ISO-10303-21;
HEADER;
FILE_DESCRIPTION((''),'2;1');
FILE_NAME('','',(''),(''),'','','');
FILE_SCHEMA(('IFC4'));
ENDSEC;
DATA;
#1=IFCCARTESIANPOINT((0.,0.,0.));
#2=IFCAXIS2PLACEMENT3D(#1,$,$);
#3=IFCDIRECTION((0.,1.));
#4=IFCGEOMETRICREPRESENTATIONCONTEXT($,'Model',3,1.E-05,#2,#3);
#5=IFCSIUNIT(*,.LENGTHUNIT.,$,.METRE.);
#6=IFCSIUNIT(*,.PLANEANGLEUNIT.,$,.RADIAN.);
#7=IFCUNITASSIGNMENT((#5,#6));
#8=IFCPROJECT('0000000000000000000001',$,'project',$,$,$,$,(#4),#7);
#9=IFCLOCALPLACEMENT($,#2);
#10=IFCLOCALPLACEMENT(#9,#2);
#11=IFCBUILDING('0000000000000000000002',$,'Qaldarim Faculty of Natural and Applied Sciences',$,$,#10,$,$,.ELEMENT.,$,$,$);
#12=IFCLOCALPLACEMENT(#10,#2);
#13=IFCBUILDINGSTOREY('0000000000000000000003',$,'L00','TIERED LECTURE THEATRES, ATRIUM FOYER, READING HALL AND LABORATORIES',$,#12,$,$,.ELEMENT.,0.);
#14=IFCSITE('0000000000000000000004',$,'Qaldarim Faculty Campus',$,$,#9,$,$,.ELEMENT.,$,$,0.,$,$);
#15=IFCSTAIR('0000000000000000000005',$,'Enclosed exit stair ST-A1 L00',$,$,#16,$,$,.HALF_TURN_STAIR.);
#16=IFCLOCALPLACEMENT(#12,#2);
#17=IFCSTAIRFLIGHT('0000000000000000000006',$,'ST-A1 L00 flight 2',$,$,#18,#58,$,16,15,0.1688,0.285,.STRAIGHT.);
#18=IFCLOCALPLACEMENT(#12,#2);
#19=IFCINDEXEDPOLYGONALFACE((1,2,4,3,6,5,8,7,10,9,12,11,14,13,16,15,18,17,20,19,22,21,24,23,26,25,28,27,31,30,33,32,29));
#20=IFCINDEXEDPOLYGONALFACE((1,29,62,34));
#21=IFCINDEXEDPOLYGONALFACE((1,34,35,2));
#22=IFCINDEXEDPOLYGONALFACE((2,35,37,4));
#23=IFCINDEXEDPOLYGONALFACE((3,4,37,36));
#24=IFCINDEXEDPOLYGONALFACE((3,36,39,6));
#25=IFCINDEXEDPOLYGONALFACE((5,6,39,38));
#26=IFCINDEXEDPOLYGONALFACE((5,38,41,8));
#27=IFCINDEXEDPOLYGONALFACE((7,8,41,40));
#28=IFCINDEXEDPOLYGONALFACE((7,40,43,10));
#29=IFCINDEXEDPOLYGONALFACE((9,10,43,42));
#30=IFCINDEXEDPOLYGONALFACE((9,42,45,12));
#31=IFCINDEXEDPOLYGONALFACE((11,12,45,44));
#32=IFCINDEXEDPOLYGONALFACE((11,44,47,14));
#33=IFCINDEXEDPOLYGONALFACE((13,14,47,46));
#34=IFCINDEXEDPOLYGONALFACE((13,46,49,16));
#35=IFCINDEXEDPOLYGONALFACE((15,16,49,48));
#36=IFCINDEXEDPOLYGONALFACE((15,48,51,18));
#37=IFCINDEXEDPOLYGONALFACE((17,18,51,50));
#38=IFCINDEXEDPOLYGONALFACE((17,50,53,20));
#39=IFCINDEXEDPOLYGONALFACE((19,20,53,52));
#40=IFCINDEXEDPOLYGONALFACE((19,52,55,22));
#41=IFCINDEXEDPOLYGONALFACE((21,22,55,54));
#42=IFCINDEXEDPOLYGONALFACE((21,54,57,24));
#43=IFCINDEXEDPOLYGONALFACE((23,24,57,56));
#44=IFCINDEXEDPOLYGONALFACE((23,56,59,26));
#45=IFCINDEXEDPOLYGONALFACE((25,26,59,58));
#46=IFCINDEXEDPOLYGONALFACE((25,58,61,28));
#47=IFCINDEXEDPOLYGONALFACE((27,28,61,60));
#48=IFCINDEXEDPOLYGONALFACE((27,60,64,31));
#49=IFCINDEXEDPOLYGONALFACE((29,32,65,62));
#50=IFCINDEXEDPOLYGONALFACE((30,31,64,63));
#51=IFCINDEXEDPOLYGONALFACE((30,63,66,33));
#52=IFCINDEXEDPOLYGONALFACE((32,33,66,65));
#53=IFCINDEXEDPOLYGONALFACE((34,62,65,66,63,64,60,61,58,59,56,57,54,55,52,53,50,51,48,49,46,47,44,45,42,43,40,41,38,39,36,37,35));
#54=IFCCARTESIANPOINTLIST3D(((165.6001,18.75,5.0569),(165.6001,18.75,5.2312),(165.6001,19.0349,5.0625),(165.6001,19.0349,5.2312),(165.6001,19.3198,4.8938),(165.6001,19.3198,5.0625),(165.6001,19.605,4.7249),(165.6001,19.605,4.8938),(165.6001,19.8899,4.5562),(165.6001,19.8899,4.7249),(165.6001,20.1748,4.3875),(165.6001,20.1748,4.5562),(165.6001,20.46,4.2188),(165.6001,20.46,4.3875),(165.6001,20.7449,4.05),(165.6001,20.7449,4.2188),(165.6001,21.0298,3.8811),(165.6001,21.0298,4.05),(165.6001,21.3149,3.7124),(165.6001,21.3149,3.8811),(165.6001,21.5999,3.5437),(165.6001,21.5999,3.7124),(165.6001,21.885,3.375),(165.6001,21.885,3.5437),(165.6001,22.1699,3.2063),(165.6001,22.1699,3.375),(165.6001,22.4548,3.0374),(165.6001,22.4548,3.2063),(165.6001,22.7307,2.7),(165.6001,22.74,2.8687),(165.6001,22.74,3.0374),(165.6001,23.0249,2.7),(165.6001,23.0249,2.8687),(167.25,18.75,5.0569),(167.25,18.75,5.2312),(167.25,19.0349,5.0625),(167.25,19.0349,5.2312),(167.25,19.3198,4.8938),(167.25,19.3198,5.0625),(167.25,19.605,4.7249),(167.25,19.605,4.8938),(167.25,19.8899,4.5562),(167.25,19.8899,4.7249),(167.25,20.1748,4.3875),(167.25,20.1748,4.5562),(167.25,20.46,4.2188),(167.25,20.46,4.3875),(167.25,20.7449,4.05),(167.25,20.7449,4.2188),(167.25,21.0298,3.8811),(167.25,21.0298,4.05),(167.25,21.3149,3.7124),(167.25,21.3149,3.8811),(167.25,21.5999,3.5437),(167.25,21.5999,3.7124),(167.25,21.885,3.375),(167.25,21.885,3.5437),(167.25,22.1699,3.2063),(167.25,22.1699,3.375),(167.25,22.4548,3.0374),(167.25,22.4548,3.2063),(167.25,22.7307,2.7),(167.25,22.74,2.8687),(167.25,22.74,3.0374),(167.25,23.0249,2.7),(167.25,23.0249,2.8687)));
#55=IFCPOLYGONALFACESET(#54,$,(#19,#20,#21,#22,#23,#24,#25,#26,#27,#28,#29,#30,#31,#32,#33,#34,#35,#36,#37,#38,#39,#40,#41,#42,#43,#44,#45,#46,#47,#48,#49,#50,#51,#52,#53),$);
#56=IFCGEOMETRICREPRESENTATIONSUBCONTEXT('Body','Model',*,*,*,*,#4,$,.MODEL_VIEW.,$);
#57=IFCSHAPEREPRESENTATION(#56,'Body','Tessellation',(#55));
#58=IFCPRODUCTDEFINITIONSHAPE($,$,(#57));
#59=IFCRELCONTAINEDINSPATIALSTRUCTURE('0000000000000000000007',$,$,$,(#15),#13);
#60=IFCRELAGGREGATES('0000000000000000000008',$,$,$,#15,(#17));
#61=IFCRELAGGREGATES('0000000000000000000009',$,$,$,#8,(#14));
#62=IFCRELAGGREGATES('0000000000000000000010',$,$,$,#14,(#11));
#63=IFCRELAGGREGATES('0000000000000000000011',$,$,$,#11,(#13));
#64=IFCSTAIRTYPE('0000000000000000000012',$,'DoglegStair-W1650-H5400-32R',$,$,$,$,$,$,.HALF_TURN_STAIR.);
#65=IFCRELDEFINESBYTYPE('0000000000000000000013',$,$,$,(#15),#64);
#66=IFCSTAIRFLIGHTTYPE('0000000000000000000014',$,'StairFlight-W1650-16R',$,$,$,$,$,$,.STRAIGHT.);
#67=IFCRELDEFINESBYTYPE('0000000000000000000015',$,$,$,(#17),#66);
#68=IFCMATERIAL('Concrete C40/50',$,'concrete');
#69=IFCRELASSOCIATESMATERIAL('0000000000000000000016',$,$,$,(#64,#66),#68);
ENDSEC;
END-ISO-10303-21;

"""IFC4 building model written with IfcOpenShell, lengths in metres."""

from ifc_helpers import new_model, si_unit, direction, frame, origin, place, context, subcontext, project, spatial, polyline, outline, extrude, material, type_object, element, aggregate, save


model = new_model("IFC4")

# Units and contexts
model_context = context("Model", 3, precision=1e-05, world=origin(), true_north=direction((0.0, 1.0)))
body_context = subcontext(model_context, "Body", "Model", "MODEL_VIEW")
ifc_project = project(units=[si_unit("LENGTHUNIT", "METRE"), si_unit("PLANEANGLEUNIT", "RADIAN")], contexts=[model_context])

# Site, building, storey
site_placement = place(None, origin())
site = spatial("IfcSite", under=ifc_project, at=site_placement, Name="Qaldarim Faculty Campus", CompositionType="ELEMENT", RefElevation=0.0)
building_placement = place(site_placement, origin())
building = spatial("IfcBuilding", under=site, at=building_placement, Name="Qaldarim Faculty of Natural and Applied Sciences", CompositionType="ELEMENT")
storey_placement = place(building_placement, origin())
storey = spatial("IfcBuildingStorey", under=building, at=storey_placement, Name="L00", Description="TIERED LECTURE THEATRES, ATRIUM FOYER, READING HALL AND LABORATORIES", CompositionType="ELEMENT", Elevation=0.0)

# Shared definitions
ifc_material_1 = material(Name="Concrete C40/50", Category="concrete")

# Stair, stair flight
stair_type = type_object("IfcStairType", Name="DoglegStair-W1650-H5400-32R", PredefinedType="HALF_TURN_STAIR", material=ifc_material_1)
stair_placement = place(storey_placement, origin())
stair = element("IfcStair", 1, at=stair_placement, inside=storey, type_object=stair_type, Name="Enclosed exit stair ST-A1 L00", PredefinedType="HALF_TURN_STAIR")
stair_flight_type = type_object("IfcStairFlightType", Name="StairFlight-W1650-16R", PredefinedType="STRAIGHT", material=ifc_material_1)
stair_flight_1_placement = place(storey_placement, frame((166.425, 23.0249, 2.7), z_axis=(0.0, 0.0, 1.0), x_axis=(0.0, -1.0, 0.0)))
stair_flight_1 = element("IfcStairFlight", 2, at=stair_flight_1_placement, type_object=stair_flight_type, Name="ST-A1 L00 flight 2", NumberOfRisers=16, NumberOfTreads=15, PredefinedType="STRAIGHT", RiserHeight=0.1688, TreadLength=0.285, context=body_context, shape_type="SweptSolid", body=[
    extrude(outline(polyline([(0.0, 0.0), (0.0, 0.1687), (0.2849, 0.1687), (0.2849, 0.3374), (0.5701, 0.3374), (0.5701, 0.5063), (0.855, 0.5063), (0.855, 0.675), (1.1399, 0.675), (1.1399, 0.8438), (1.425, 0.8438), (1.425, 1.0125), (1.71, 1.0125), (1.71, 1.1812), (1.9951, 1.1812), (1.9951, 1.3501), (2.28, 1.3501), (2.28, 1.5188), (2.5649, 1.5188), (2.5649, 1.6875), (2.8501, 1.6875), (2.8501, 1.8562), (3.135, 1.8562), (3.135, 2.0249), (3.4199, 2.0249), (3.4199, 2.1938), (3.7051, 2.1938), (3.7051, 2.3625), (3.99, 2.3625), (3.99, 2.5312), (4.2749, 2.5312), (4.2749, 2.7), (4.2749, 2.3569), (0.2942, 0.0), (0.0, 0.0)])), frame((0.0, 0.825, 0.0), z_axis=(0.0, -1.0, 0.0), x_axis=(1.0, 0.0, 0.0)), (0.0, 0.0, 1.0), 1.6499),
])
aggregate(stair, [stair_flight_1])

save(model, "model.ifc")
